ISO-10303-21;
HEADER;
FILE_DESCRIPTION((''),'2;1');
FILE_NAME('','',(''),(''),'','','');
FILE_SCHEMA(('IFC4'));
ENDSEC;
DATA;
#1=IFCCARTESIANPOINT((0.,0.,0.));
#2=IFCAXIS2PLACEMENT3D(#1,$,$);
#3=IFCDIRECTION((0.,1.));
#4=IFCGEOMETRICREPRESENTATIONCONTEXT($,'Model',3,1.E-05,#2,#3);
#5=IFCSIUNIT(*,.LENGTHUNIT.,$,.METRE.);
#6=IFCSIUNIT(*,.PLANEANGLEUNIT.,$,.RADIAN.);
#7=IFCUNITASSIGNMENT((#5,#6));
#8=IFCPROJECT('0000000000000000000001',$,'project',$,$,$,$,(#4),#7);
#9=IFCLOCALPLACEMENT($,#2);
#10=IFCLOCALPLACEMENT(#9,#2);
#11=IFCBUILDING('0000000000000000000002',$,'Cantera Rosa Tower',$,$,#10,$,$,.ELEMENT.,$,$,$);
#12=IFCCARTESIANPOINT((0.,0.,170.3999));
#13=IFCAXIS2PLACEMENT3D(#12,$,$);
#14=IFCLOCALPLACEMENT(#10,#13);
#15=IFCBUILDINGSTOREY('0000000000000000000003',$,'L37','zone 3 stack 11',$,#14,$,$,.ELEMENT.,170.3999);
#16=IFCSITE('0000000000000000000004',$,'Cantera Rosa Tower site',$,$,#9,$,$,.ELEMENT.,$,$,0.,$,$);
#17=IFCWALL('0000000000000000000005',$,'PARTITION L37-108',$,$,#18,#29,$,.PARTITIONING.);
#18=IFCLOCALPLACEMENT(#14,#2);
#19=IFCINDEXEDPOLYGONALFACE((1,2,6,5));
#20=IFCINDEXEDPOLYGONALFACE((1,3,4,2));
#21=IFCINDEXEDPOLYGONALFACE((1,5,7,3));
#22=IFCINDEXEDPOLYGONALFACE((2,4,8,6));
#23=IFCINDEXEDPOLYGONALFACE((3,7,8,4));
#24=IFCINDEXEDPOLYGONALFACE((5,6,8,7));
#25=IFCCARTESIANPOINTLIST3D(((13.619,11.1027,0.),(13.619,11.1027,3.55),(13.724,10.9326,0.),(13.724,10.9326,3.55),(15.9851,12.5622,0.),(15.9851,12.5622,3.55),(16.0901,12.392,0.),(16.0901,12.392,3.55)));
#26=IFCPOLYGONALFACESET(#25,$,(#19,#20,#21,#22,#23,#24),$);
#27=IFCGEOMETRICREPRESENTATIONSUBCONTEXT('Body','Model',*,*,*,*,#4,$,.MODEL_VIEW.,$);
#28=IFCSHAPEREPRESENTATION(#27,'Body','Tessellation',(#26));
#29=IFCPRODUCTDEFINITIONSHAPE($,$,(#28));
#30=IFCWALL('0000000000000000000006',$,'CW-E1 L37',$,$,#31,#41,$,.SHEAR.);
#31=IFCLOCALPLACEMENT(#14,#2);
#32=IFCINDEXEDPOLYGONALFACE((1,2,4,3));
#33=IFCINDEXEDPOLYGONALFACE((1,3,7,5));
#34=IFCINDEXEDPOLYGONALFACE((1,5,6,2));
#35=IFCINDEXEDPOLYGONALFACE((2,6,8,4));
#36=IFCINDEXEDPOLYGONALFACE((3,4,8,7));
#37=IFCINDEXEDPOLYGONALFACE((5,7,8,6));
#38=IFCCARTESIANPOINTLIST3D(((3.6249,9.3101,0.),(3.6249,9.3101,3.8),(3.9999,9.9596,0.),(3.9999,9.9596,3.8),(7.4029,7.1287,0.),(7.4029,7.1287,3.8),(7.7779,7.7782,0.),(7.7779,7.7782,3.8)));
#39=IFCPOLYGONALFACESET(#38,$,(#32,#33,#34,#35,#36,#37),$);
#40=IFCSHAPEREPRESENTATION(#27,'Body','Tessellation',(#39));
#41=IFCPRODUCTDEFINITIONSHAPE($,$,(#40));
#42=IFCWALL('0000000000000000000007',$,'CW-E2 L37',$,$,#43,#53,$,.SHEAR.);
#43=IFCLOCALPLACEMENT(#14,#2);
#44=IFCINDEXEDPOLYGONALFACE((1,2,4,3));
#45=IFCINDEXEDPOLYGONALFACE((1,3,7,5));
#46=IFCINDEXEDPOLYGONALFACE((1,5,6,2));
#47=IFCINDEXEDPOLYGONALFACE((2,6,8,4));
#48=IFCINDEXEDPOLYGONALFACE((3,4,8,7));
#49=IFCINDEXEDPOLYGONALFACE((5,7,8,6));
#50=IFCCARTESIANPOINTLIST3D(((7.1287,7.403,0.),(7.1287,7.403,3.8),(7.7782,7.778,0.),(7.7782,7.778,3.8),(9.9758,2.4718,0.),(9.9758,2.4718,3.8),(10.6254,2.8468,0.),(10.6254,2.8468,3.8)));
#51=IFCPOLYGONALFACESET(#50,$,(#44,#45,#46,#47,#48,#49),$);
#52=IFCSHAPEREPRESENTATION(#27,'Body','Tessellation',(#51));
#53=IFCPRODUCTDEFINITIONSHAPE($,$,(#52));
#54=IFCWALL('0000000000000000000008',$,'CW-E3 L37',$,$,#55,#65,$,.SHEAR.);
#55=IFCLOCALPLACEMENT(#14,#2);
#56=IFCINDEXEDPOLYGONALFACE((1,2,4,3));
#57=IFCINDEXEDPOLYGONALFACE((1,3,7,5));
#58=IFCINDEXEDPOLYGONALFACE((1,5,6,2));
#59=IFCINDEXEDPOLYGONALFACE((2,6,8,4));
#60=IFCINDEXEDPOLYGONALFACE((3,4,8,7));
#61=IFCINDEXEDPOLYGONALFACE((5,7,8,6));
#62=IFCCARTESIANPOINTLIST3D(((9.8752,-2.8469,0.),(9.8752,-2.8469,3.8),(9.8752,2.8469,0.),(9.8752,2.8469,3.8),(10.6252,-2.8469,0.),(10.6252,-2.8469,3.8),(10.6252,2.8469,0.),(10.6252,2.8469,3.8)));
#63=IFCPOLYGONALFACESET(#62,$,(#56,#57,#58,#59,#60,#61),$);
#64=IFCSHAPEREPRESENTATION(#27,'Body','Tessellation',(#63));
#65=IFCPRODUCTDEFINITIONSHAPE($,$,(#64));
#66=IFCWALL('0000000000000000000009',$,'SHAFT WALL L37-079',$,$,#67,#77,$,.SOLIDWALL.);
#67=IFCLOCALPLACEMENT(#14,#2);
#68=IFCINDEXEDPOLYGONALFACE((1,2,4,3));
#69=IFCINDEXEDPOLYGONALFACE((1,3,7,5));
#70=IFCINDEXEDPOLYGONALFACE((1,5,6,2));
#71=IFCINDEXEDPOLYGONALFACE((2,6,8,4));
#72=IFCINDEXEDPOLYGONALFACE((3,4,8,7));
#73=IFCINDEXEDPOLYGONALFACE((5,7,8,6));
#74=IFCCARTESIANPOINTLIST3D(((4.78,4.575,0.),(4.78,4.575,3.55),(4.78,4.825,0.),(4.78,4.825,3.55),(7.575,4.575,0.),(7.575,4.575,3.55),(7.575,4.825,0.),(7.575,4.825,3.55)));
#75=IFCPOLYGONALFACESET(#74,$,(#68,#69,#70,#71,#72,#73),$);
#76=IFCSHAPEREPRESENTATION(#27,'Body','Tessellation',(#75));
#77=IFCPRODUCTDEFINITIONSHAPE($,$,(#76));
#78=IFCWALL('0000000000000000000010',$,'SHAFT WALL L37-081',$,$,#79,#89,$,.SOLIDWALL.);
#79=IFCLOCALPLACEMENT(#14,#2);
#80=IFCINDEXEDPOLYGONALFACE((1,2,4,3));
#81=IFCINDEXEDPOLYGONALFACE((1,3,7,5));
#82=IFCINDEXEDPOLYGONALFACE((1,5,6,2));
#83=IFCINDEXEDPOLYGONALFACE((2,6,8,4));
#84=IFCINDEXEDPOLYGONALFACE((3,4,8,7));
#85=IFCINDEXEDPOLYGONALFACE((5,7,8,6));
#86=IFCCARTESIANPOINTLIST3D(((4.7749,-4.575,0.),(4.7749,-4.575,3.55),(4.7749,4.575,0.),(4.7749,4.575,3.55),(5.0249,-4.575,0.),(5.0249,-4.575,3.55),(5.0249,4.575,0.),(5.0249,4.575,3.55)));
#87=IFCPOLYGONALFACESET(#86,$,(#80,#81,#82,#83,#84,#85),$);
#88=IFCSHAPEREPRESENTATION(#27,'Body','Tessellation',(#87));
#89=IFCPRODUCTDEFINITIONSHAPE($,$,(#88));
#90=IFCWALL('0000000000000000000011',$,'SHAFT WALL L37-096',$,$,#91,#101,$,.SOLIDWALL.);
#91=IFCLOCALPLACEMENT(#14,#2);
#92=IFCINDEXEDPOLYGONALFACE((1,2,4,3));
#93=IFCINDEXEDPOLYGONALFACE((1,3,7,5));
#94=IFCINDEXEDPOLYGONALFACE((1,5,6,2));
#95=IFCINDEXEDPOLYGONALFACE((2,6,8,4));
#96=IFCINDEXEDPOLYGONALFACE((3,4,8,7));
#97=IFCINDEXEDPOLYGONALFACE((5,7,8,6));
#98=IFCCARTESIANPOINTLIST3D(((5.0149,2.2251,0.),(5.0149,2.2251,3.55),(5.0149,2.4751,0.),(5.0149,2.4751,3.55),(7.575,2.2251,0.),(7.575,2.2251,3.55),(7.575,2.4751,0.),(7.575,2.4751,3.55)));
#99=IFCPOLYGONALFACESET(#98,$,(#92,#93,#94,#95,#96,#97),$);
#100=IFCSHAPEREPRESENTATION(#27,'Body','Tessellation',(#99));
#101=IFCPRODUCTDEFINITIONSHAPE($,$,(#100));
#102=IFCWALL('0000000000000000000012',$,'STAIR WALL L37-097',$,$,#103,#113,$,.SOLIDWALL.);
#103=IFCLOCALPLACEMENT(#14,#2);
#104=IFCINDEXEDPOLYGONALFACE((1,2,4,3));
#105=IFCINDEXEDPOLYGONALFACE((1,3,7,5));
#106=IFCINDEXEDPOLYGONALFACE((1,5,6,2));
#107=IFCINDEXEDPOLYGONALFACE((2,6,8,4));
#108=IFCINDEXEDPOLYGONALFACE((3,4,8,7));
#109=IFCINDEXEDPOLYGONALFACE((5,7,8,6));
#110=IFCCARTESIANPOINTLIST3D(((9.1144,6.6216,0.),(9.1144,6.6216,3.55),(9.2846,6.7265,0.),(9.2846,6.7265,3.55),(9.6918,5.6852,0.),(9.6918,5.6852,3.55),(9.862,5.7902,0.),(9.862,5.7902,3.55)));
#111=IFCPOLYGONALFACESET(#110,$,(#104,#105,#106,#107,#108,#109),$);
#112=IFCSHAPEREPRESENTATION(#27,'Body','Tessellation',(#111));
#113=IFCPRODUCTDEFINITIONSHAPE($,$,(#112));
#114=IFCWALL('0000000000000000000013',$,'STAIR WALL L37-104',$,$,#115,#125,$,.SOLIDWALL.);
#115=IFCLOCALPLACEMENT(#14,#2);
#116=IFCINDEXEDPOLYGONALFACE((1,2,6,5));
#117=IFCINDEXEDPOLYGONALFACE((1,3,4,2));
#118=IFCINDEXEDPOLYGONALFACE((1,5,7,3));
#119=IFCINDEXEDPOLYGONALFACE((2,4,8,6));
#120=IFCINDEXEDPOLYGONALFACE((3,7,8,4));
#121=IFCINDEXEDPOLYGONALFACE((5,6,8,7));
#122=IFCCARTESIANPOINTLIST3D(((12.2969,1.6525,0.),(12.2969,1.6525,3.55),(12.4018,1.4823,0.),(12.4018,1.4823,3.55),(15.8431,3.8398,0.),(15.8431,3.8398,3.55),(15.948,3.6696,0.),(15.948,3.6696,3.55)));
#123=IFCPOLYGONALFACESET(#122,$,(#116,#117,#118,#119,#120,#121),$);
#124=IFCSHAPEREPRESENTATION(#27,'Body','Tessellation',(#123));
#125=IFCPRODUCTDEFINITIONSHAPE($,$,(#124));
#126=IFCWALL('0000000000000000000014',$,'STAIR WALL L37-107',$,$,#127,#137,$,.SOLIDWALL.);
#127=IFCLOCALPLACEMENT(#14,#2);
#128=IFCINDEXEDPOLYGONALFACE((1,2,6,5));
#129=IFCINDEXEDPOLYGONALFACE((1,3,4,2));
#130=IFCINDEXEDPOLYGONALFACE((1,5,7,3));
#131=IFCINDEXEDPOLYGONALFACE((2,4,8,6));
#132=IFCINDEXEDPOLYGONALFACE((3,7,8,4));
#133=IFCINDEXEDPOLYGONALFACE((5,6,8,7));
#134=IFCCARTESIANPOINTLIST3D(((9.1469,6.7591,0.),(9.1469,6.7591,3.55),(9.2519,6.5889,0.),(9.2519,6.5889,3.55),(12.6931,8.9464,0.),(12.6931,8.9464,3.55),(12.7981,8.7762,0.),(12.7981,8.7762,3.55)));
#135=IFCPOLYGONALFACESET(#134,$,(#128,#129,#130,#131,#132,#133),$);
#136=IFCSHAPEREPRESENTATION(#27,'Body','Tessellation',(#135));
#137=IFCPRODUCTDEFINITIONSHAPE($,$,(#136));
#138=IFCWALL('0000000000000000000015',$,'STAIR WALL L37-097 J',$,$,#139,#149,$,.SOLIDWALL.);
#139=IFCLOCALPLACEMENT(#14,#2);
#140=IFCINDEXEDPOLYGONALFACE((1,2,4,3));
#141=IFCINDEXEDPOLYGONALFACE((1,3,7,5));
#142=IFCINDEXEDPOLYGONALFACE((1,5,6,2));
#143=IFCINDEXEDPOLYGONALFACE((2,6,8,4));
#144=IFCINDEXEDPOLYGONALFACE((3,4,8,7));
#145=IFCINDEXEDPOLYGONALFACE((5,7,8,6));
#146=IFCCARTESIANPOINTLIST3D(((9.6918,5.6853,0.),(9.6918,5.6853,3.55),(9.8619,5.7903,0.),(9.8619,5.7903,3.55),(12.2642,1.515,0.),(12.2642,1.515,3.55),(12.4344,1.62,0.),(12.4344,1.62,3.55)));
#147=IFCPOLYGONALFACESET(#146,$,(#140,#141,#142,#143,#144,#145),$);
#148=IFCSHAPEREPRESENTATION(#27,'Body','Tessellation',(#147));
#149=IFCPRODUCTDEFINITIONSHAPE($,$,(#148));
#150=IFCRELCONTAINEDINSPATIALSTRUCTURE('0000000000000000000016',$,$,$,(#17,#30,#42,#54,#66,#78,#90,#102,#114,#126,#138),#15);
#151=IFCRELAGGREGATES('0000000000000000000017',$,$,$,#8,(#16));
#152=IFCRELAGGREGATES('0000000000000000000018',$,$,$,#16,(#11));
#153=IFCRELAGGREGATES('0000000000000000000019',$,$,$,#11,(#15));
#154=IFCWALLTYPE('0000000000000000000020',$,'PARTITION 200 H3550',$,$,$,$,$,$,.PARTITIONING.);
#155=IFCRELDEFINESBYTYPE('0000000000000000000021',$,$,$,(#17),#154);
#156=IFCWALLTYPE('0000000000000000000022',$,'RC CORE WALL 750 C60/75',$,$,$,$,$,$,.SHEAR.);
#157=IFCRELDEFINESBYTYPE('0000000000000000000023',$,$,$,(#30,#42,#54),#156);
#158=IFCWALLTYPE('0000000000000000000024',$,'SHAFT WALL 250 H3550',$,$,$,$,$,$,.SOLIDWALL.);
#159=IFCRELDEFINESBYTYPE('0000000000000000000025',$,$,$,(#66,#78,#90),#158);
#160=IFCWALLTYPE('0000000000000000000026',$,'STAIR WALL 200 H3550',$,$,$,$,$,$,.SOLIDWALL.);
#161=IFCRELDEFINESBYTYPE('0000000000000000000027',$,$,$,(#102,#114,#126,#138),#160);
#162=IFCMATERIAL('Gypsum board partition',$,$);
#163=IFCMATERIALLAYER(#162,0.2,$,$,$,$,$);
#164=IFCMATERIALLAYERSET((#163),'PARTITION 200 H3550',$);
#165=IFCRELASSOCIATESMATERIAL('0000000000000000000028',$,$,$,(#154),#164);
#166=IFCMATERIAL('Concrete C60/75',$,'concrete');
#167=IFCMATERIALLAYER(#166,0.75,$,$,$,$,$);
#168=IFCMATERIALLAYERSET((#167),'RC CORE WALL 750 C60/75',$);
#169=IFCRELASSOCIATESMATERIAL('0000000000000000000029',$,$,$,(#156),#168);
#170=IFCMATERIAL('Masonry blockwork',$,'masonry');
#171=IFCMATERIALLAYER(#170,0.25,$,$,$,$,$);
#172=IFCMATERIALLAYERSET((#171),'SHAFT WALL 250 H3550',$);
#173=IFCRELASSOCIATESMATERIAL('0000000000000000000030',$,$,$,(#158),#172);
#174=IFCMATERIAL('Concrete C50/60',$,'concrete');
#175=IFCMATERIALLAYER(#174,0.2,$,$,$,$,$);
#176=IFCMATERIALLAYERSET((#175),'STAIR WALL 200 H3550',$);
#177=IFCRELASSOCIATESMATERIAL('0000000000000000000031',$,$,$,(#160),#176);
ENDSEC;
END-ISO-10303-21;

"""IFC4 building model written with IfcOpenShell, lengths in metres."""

from ifc_helpers import new_model, si_unit, direction, frame, frame_2d, origin, place, context, subcontext, project, spatial, rectangle, extrude, material, layer, layer_set, type_object, element, save


model = new_model("IFC4")

# Units and contexts
model_context = context("Model", 3, precision=1e-05, world=origin(), true_north=direction((0.0, 1.0)))
body_context = subcontext(model_context, "Body", "Model", "MODEL_VIEW")
ifc_project = project(units=[si_unit("LENGTHUNIT", "METRE"), si_unit("PLANEANGLEUNIT", "RADIAN")], contexts=[model_context])

# Site, building, storey
site_placement = place(None, origin())
site = spatial("IfcSite", under=ifc_project, at=site_placement, Name="Cantera Rosa Tower site", CompositionType="ELEMENT", RefElevation=0.0)
building_placement = place(site_placement, origin())
building = spatial("IfcBuilding", under=site, at=building_placement, Name="Cantera Rosa Tower", CompositionType="ELEMENT")
storey_placement = place(building_placement, frame((0.0, 0.0, 170.3999)))
storey = spatial("IfcBuildingStorey", under=building, at=storey_placement, Name="L37", Description="zone 3 stack 11", CompositionType="ELEMENT", Elevation=170.3999)

# Walls
ifc_material_1 = material(Name="Gypsum board partition")
ifc_layer_1 = layer(ifc_material_1, 0.2)
ifc_layer_set_1 = layer_set([ifc_layer_1], Name="PARTITION 200 H3550")
wall_type_1 = type_object("IfcWallType", Name="PARTITION 200 H3550", PredefinedType="PARTITIONING", material=ifc_layer_set_1)
wall_1_placement = place(storey_placement, frame((13.6714, 11.0176, 0.0), z_axis=(0.0, 0.0, 1.0), x_axis=(0.851121, 0.524969, 0.0)))
element("IfcWall", 1, at=wall_1_placement, inside=storey, type_object=wall_type_1, Name="PARTITION L37-108", PredefinedType="PARTITIONING", context=body_context, shape_type="SweptSolid", body=[
    extrude(rectangle(XDim=2.78, YDim=0.2, at=frame_2d((1.3901, 0.0))), origin(), (0.0, 0.0, 1.0), 3.55),
])
ifc_material_2 = material(Name="Concrete C60/75", Category="concrete")
ifc_layer_2 = layer(ifc_material_2, 0.75)
ifc_layer_set_2 = layer_set([ifc_layer_2], Name="RC CORE WALL 750 C60/75")
wall_type_2 = type_object("IfcWallType", Name="RC CORE WALL 750 C60/75", PredefinedType="SHEAR", material=ifc_layer_set_2)
wall_2_placement = place(storey_placement, frame((3.8125, 9.6348, 0.0), z_axis=(0.0, 0.0, 1.0), x_axis=(0.866013, -0.500021, 0.0)))
element("IfcWall", 2, at=wall_2_placement, inside=storey, type_object=wall_type_2, Name="CW-E1 L37", PredefinedType="SHEAR", context=body_context, shape_type="SweptSolid", body=[
    extrude(rectangle(XDim=4.3625, YDim=0.75, at=frame_2d((2.1812, 0.0))), origin(), (0.0, 0.0, 1.0), 3.8),
])
wall_3_placement = place(storey_placement, frame((7.4534, 7.5906, 0.0), z_axis=(0.0, 0.0, 1.0), x_axis=(0.500022, -0.866013, 0.0)))
element("IfcWall", 3, at=wall_3_placement, inside=storey, type_object=wall_type_2, Name="CW-E2 L37", PredefinedType="SHEAR", context=body_context, shape_type="SweptSolid", body=[
    extrude(rectangle(XDim=5.6941, YDim=0.75, at=frame_2d((2.8472, 0.0))), origin(), (0.0, 0.0, 1.0), 3.8),
])
wall_4_placement = place(storey_placement, frame((10.2502, 2.8469, 0.0), z_axis=(0.0, 0.0, 1.0), x_axis=(0.0, -1.0, 0.0)))
element("IfcWall", 4, at=wall_4_placement, inside=storey, type_object=wall_type_2, Name="CW-E3 L37", PredefinedType="SHEAR", context=body_context, shape_type="SweptSolid", body=[
    extrude(rectangle(XDim=5.6938, YDim=0.75, at=frame_2d((2.8469, 0.0))), origin(), (0.0, 0.0, 1.0), 3.8),
])
ifc_material_3 = material(Name="Masonry blockwork", Category="masonry")
ifc_layer_3 = layer(ifc_material_3, 0.25)
ifc_layer_set_3 = layer_set([ifc_layer_3], Name="SHAFT WALL 250 H3550")
wall_type_3 = type_object("IfcWallType", Name="SHAFT WALL 250 H3550", PredefinedType="SOLIDWALL", material=ifc_layer_set_3)
wall_5_placement = place(storey_placement, frame((4.78, 4.7, 0.0), z_axis=(0.0, 0.0, 1.0), x_axis=(1.0, 0.0, 0.0)))
element("IfcWall", 5, at=wall_5_placement, inside=storey, type_object=wall_type_3, Name="SHAFT WALL L37-079", PredefinedType="SOLIDWALL", context=body_context, shape_type="SweptSolid", body=[
    extrude(rectangle(XDim=2.7949, YDim=0.25, at=frame_2d((1.3975, 0.0))), origin(), (0.0, 0.0, 1.0), 3.55),
])
wall_6_placement = place(storey_placement, frame((4.8999, 4.575, 0.0), z_axis=(0.0, 0.0, 1.0), x_axis=(0.0, -1.0, 0.0)))
element("IfcWall", 6, at=wall_6_placement, inside=storey, type_object=wall_type_3, Name="SHAFT WALL L37-081", PredefinedType="SOLIDWALL", context=body_context, shape_type="SweptSolid", body=[
    extrude(rectangle(XDim=9.1499, YDim=0.25, at=frame_2d((4.575, 0.0))), origin(), (0.0, 0.0, 1.0), 3.55),
])
wall_7_placement = place(storey_placement, frame((7.575, 2.3501, 0.0), z_axis=(0.0, 0.0, 1.0), x_axis=(-1.0, 0.0, 0.0)))
element("IfcWall", 7, at=wall_7_placement, inside=storey, type_object=wall_type_3, Name="SHAFT WALL L37-096", PredefinedType="SOLIDWALL", context=body_context, shape_type="SweptSolid", body=[
    extrude(rectangle(XDim=2.5601, YDim=0.25, at=frame_2d((1.28, 0.0))), origin(), (0.0, 0.0, 1.0), 3.55),
])
ifc_material_4 = material(Name="Concrete C50/60", Category="concrete")
ifc_layer_4 = layer(ifc_material_4, 0.2)
ifc_layer_set_4 = layer_set([ifc_layer_4], Name="STAIR WALL 200 H3550")
wall_type_4 = type_object("IfcWallType", Name="STAIR WALL 200 H3550", PredefinedType="SOLIDWALL", material=ifc_layer_set_4)
wall_8_placement = place(storey_placement, frame((9.1995, 6.6741, 0.0), z_axis=(0.0, 0.0, 1.0), x_axis=(0.524902, -0.851163, 0.0)))
element("IfcWall", 8, at=wall_8_placement, inside=storey, type_object=wall_type_4, Name="STAIR WALL L37-097", PredefinedType="SOLIDWALL", context=body_context, shape_type="SweptSolid", body=[
    extrude(rectangle(XDim=1.1001, YDim=0.2, at=frame_2d((0.55, 0.0))), origin(), (0.0, 0.0, 1.0), 3.55),
])
for number, where, z_axis, x_axis, name in (
    (9, (12.3494, 1.5674, 0.0), (0.0, 0.0, 1.0), (0.851121, 0.52497, 0.0), "STAIR WALL L37-104"),
    (10, (12.7456, 8.8613, 0.0), (0.0, 0.0, 1.0), (-0.851121, -0.52497, 0.0), "STAIR WALL L37-107"),
):
    element("IfcWall", number, at=place(storey_placement, frame(where, z_axis=z_axis, x_axis=x_axis)), inside=storey, type_object=wall_type_4, Name=name, PredefinedType="SOLIDWALL", context=body_context, shape_type="SweptSolid", body=[
        extrude(rectangle(XDim=4.1665, YDim=0.2, at=frame_2d((2.0833, 0.0))), origin(), (0.0, 0.0, 1.0), 3.55),
    ])
wall_9_placement = place(storey_placement, frame((9.7769, 5.7378, 0.0), z_axis=(0.0, 0.0, 1.0), x_axis=(0.525001, -0.851102, 0.0)))
element("IfcWall", 11, at=wall_9_placement, inside=storey, type_object=wall_type_4, Name="STAIR WALL L37-097 J", PredefinedType="SOLIDWALL", context=body_context, shape_type="SweptSolid", body=[
    extrude(rectangle(XDim=4.8999, YDim=0.2, at=frame_2d((2.45, 0.0))), origin(), (0.0, 0.0, 1.0), 3.55),
])

save(model, "model.ifc")
